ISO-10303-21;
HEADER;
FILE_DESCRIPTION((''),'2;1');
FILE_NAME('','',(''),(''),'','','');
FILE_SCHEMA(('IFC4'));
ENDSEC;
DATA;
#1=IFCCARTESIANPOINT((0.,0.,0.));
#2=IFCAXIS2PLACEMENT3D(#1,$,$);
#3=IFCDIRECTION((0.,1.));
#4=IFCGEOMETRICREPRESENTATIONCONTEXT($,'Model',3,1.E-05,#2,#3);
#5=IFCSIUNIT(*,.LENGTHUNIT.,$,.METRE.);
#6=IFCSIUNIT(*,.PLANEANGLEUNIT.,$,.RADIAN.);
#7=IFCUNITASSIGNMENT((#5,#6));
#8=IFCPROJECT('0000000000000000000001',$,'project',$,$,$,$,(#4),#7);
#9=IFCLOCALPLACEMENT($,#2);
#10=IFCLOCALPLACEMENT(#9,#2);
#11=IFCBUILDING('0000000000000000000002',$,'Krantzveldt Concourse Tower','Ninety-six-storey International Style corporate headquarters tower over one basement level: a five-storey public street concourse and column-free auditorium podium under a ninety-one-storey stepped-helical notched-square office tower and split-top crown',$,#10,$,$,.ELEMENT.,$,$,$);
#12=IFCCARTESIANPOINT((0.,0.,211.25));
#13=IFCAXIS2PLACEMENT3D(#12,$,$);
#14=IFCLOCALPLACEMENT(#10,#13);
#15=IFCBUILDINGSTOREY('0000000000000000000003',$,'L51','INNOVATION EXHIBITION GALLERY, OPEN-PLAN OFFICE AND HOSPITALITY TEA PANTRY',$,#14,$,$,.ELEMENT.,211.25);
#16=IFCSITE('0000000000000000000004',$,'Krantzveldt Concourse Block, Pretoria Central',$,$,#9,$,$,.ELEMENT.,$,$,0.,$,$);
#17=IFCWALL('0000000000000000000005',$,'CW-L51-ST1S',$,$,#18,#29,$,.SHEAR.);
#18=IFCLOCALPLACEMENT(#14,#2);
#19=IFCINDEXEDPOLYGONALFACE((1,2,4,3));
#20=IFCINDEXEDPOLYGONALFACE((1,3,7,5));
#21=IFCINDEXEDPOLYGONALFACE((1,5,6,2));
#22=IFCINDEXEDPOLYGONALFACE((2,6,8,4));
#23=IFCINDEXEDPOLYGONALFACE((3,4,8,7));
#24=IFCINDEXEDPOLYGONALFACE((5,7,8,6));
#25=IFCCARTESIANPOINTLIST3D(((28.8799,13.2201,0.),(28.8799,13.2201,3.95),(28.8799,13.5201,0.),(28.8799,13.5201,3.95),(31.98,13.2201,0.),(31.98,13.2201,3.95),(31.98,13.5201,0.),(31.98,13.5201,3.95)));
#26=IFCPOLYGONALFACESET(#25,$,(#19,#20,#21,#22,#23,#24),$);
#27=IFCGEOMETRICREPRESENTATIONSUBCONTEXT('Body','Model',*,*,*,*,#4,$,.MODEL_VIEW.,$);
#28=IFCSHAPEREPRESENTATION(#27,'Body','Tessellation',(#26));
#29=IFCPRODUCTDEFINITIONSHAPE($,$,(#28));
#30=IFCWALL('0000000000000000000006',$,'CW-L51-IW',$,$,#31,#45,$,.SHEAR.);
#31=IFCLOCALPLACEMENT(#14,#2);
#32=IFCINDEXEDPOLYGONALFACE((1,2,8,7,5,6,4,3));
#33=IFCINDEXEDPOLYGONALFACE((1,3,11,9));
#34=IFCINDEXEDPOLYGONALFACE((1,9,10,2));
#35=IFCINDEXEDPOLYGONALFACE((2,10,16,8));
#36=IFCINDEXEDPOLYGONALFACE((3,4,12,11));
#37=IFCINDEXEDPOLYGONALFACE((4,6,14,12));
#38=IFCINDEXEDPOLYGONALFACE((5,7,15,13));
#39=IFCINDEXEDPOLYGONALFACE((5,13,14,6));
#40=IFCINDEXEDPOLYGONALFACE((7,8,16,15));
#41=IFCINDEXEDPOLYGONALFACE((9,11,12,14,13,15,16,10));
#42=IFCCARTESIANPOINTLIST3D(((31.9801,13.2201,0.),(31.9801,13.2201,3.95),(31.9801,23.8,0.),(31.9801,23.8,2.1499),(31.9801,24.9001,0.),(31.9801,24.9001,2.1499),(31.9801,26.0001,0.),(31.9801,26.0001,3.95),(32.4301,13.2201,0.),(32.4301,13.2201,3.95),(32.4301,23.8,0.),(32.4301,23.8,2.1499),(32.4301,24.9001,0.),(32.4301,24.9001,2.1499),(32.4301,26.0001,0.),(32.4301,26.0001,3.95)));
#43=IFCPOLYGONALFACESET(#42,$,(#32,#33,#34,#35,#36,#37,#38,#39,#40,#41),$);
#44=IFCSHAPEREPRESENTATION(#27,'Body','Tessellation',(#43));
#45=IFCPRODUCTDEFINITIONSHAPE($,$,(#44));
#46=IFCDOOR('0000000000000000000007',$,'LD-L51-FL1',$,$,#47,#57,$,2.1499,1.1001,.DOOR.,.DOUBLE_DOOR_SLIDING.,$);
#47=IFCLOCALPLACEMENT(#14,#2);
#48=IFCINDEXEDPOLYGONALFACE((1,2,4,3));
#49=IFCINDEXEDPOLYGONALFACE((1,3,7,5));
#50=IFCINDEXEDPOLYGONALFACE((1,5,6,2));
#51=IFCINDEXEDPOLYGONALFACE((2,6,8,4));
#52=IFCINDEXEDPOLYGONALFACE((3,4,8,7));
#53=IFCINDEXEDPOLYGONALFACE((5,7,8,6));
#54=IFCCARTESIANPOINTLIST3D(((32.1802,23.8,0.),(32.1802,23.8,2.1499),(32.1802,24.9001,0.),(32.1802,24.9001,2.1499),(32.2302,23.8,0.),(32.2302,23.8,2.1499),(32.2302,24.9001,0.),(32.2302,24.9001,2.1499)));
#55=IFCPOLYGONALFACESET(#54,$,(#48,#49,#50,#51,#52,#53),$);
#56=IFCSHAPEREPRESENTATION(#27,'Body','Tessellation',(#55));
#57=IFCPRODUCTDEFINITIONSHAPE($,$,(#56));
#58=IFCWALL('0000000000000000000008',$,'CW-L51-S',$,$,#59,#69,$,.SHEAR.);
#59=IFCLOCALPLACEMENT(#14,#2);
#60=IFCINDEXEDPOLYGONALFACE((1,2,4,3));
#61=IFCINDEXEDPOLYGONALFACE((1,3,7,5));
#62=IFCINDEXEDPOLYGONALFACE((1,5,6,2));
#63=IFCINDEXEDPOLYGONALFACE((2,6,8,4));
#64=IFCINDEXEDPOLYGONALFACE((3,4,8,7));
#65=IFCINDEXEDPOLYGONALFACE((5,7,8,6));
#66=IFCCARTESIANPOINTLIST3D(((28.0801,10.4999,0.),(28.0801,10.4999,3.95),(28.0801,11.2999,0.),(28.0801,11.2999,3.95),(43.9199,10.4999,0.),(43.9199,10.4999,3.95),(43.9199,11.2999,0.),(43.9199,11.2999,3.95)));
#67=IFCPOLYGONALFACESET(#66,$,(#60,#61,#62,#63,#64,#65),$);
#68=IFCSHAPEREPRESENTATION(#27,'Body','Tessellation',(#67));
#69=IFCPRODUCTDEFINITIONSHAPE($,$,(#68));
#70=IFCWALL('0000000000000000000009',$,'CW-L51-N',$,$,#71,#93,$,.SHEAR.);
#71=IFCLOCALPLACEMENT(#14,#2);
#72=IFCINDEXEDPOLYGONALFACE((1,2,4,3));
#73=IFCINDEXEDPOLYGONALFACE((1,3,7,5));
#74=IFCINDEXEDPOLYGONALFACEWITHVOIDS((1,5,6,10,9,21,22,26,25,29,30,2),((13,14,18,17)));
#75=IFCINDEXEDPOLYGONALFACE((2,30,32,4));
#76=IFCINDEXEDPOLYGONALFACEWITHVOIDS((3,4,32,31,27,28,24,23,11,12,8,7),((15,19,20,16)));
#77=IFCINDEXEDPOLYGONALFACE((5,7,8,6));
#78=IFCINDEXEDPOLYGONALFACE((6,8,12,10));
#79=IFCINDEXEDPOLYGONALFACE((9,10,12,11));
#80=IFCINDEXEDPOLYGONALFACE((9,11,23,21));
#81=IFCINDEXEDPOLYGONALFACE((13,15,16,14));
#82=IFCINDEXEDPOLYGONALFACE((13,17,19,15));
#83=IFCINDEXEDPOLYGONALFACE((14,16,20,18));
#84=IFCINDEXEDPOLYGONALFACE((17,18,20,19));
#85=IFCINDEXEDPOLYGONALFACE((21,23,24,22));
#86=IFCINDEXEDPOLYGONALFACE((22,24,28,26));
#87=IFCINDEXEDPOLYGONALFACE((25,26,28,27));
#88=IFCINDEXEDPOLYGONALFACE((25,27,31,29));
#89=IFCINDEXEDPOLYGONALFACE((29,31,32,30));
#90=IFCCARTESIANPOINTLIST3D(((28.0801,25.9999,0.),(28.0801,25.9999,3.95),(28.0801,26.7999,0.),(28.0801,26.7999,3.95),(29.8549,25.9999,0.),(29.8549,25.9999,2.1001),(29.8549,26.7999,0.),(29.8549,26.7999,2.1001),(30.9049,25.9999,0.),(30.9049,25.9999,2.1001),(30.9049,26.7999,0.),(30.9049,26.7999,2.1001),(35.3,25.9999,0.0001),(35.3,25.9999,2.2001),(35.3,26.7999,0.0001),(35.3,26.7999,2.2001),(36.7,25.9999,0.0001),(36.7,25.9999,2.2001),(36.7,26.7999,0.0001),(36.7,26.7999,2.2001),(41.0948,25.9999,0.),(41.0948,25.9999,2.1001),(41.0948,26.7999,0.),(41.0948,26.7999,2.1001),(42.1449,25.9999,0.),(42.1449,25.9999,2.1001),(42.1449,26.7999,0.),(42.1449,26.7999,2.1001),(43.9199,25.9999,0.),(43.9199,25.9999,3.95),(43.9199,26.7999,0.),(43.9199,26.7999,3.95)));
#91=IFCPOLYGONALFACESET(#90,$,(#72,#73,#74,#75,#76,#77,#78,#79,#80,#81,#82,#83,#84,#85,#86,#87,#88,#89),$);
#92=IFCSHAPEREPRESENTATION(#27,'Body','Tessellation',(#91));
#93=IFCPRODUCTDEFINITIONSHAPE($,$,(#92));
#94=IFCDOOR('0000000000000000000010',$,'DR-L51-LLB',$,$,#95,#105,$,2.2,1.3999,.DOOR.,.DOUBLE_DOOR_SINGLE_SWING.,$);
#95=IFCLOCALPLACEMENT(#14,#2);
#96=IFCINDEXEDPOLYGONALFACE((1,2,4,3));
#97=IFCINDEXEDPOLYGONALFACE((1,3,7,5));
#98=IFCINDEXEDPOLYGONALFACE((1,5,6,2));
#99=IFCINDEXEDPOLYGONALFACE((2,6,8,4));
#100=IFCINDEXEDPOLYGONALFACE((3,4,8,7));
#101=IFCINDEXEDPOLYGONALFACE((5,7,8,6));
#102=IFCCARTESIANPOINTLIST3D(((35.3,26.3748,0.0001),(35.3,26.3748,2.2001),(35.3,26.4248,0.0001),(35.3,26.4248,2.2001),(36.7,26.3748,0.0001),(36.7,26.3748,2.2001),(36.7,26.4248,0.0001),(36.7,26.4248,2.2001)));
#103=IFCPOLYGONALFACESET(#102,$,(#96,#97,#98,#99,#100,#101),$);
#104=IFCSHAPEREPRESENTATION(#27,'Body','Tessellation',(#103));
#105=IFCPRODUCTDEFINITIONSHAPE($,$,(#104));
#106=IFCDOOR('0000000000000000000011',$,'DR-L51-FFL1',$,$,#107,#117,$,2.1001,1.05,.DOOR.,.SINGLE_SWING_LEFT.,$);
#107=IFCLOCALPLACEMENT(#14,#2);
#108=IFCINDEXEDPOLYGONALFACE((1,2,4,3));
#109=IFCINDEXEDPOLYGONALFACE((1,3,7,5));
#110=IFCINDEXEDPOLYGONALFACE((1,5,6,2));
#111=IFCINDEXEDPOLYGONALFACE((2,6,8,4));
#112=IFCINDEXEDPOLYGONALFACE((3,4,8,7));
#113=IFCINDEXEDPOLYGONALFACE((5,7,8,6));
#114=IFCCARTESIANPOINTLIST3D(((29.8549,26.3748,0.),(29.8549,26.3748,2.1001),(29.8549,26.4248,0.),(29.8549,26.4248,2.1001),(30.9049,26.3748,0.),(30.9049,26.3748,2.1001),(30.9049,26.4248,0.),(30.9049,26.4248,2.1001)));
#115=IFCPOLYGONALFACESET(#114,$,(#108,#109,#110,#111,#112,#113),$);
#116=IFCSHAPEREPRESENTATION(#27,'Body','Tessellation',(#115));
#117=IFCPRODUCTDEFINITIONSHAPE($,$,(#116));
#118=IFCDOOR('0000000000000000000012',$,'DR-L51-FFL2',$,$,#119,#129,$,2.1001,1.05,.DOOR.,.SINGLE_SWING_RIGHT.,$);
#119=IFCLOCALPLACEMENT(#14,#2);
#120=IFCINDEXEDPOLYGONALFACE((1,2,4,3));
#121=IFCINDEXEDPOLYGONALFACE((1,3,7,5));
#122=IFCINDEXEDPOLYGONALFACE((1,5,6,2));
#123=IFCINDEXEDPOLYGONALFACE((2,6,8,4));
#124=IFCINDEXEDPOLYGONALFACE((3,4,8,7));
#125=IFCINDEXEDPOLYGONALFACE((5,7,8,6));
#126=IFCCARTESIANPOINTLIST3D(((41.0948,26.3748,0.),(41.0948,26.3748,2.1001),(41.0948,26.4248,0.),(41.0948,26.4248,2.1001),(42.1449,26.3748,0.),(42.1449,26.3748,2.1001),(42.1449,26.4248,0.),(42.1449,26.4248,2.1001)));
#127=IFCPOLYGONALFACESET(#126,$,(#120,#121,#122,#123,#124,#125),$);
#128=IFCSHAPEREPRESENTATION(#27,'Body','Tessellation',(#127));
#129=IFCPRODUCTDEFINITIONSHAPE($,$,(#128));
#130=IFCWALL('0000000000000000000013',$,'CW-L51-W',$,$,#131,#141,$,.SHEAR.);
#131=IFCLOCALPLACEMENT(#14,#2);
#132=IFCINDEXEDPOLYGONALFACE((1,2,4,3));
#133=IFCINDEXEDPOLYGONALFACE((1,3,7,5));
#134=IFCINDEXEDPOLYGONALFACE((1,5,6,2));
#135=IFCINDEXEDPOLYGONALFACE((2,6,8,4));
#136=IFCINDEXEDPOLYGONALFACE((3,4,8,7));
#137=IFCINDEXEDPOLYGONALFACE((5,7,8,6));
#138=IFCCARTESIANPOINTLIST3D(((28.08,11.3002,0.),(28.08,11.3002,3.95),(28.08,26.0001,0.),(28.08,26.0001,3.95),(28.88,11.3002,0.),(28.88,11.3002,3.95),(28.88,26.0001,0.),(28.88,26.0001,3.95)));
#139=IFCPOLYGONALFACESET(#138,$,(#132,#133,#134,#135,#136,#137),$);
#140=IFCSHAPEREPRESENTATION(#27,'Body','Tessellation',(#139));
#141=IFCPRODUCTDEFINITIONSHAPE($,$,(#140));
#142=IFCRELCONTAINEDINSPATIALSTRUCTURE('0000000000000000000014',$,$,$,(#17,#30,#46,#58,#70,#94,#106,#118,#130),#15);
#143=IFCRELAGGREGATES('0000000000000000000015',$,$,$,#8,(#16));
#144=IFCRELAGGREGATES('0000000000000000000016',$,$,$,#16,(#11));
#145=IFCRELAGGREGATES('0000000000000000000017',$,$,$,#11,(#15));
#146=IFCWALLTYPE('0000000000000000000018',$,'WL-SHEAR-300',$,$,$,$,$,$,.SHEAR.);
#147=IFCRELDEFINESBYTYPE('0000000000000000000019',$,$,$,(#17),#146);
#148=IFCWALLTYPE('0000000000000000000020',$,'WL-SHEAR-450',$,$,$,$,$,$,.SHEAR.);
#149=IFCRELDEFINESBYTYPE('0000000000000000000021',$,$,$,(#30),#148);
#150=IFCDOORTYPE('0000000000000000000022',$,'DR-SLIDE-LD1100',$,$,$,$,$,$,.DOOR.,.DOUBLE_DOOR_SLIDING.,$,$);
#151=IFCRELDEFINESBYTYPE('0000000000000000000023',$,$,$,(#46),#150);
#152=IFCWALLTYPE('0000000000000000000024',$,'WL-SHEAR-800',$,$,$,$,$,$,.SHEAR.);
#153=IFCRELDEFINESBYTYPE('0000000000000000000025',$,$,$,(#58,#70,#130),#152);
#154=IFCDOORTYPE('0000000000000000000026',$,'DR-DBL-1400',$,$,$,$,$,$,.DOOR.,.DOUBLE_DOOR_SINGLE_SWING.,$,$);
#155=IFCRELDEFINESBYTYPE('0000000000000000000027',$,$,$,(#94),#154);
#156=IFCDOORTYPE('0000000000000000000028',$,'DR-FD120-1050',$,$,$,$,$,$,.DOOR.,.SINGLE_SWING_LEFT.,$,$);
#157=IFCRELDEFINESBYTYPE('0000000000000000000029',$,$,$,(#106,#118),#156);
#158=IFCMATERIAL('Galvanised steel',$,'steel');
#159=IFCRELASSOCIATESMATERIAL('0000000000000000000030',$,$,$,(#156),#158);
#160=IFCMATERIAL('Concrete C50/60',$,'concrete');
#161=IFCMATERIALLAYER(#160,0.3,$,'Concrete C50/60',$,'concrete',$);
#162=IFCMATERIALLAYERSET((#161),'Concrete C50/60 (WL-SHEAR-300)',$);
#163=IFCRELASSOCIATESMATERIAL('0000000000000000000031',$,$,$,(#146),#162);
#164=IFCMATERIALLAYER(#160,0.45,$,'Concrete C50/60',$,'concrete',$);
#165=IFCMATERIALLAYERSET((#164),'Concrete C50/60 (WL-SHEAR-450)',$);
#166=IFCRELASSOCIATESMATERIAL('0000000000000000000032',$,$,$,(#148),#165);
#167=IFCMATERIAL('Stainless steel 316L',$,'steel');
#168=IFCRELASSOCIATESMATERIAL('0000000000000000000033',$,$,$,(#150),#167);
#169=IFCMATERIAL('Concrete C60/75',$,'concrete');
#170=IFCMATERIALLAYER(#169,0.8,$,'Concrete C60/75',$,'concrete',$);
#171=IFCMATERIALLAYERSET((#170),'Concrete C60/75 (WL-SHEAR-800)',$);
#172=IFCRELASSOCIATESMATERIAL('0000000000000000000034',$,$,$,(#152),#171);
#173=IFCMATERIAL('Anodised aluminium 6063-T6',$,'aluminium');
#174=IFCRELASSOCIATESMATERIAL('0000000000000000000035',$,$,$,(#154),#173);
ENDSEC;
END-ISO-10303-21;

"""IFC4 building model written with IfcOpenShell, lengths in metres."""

from ifc_helpers import new_model, si_unit, direction, frame, frame_2d, origin, place, context, subcontext, project, spatial, rectangle, extrude, material, layer, layer_set, type_object, element, fill, save


model = new_model("IFC4")

# Units and contexts
model_context = context("Model", 3, precision=1e-05, world=origin(), true_north=direction((0.0, 1.0)))
body_context = subcontext(model_context, "Body", "Model", "MODEL_VIEW")
ifc_project = project(units=[si_unit("LENGTHUNIT", "METRE"), si_unit("PLANEANGLEUNIT", "RADIAN")], contexts=[model_context])

# Site, building, storey
site_placement = place(None, origin())
site = spatial("IfcSite", under=ifc_project, at=site_placement, Name="Krantzveldt Concourse Block, Pretoria Central", CompositionType="ELEMENT", RefElevation=0.0)
building_placement = place(site_placement, origin())
building = spatial("IfcBuilding", under=site, at=building_placement, Name="Krantzveldt Concourse Tower", Description="Ninety-six-storey International Style corporate headquarters tower over one basement level: a five-storey public street concourse and column-free auditorium podium under a ninety-one-storey stepped-helical notched-square office tower and split-top crown", CompositionType="ELEMENT")
storey_placement = place(building_placement, frame((0.0, 0.0, 211.25)))
storey = spatial("IfcBuildingStorey", under=building, at=storey_placement, Name="L51", Description="INNOVATION EXHIBITION GALLERY, OPEN-PLAN OFFICE AND HOSPITALITY TEA PANTRY", CompositionType="ELEMENT", Elevation=211.25)

# Shared definitions
ifc_material_1 = material(Name="Concrete C50/60", Category="concrete")

# Shared definitions
ifc_material_2 = material(Name="Anodised aluminium 6063-T6", Category="aluminium")

# Shared definitions
ifc_material_3 = material(Name="Galvanised steel", Category="steel")
door_type_1 = type_object("IfcDoorType", Name="DR-FD120-1050", OperationType="SINGLE_SWING_LEFT", PredefinedType="DOOR", material=ifc_material_3)

# Wall
ifc_layer_1 = layer(ifc_material_1, 0.3, Name="Concrete C50/60", Category="concrete")
ifc_layer_set_1 = layer_set([ifc_layer_1], Name="Concrete C50/60 (WL-SHEAR-300)")
wall_type_1 = type_object("IfcWallType", Name="WL-SHEAR-300", PredefinedType="SHEAR", material=ifc_layer_set_1)
wall_1_placement = place(storey_placement, frame((28.8799, 13.3701, 0.0), z_axis=(0.0, 0.0, 1.0), x_axis=(1.0, 0.0, 0.0)))
element("IfcWall", 1, at=wall_1_placement, inside=storey, type_object=wall_type_1, Name="CW-L51-ST1S", PredefinedType="SHEAR", context=body_context, shape_type="SweptSolid", body=[
    extrude(rectangle(XDim=3.1001, YDim=0.3, at=frame_2d((1.55, 0.0))), origin(), (0.0, 0.0, 1.0), 3.95),
])

# Wall, opening, door
ifc_layer_2 = layer(ifc_material_1, 0.45, Name="Concrete C50/60", Category="concrete")
ifc_layer_set_2 = layer_set([ifc_layer_2], Name="Concrete C50/60 (WL-SHEAR-450)")
wall_type_2 = type_object("IfcWallType", Name="WL-SHEAR-450", PredefinedType="SHEAR", material=ifc_layer_set_2)
wall_2_placement = place(storey_placement, frame((32.2051, 13.22, 0.0), z_axis=(0.0, 0.0, 1.0), x_axis=(0.0, 1.0, 0.0)))
wall_2 = element("IfcWall", 2, at=wall_2_placement, inside=storey, type_object=wall_type_2, Name="CW-L51-IW", PredefinedType="SHEAR", context=body_context, shape_type="SweptSolid", body=[
    extrude(rectangle(XDim=12.78, YDim=0.45, at=frame_2d((6.3901, 0.0))), origin(), (0.0, 0.0, 1.0), 3.95),
])
opening_1_placement = place(wall_2_placement, frame((10.5801, 0.0, 0.0)))
opening_1 = element("IfcOpeningElement", 3, at=opening_1_placement, cuts=wall_2, PredefinedType="OPENING", context=body_context, shape_type="SweptSolid", body=[
    extrude(rectangle(XDim=1.1001, YDim=2.1499, at=frame_2d((0.55, 1.075))), frame((0.0, 0.2349, 0.0), z_axis=(0.0, -1.0, 0.0), x_axis=(1.0, 0.0, 0.0)), (0.0, 0.0, 1.0), 0.47),
])
ifc_material_4 = material(Name="Stainless steel 316L", Category="steel")
door_type_2 = type_object("IfcDoorType", Name="DR-SLIDE-LD1100", OperationType="DOUBLE_DOOR_SLIDING", PredefinedType="DOOR", material=ifc_material_4)
door_1_placement = place(opening_1_placement, origin())
door_1 = element("IfcDoor", 4, at=door_1_placement, inside=storey, type_object=door_type_2, Name="LD-L51-FL1", OperationType="DOUBLE_DOOR_SLIDING", OverallHeight=2.1499, OverallWidth=1.1001, PredefinedType="DOOR", context=body_context, shape_type="SweptSolid", body=[
    extrude(rectangle(XDim=1.1001, YDim=2.1499, at=frame_2d((0.55, 1.075))), frame((0.0, 0.0249, 0.0), z_axis=(0.0, -1.0, 0.0), x_axis=(1.0, 0.0, 0.0)), (0.0, 0.0, 1.0), 0.05),
])
fill(opening_1, door_1)

# Wall
ifc_material_5 = material(Name="Concrete C60/75", Category="concrete")
ifc_layer_3 = layer(ifc_material_5, 0.8, Name="Concrete C60/75", Category="concrete")
ifc_layer_set_3 = layer_set([ifc_layer_3], Name="Concrete C60/75 (WL-SHEAR-800)")
wall_type_3 = type_object("IfcWallType", Name="WL-SHEAR-800", PredefinedType="SHEAR", material=ifc_layer_set_3)
wall_3_placement = place(storey_placement, frame((28.0801, 10.8999, 0.0), z_axis=(0.0, 0.0, 1.0), x_axis=(1.0, 0.0, 0.0)))
element("IfcWall", 5, at=wall_3_placement, inside=storey, type_object=wall_type_3, Name="CW-L51-S", PredefinedType="SHEAR", context=body_context, shape_type="SweptSolid", body=[
    extrude(rectangle(XDim=15.8398, YDim=0.8, at=frame_2d((7.9199, 0.0))), origin(), (0.0, 0.0, 1.0), 3.95),
])

# Wall, openings, doors
wall_4_placement = place(storey_placement, frame((28.0801, 26.3999, 0.0), z_axis=(0.0, 0.0, 1.0), x_axis=(1.0, 0.0, 0.0)))
wall_4 = element("IfcWall", 6, at=wall_4_placement, inside=storey, type_object=wall_type_3, Name="CW-L51-N", PredefinedType="SHEAR", context=body_context, shape_type="SweptSolid", body=[
    extrude(rectangle(XDim=15.8398, YDim=0.8, at=frame_2d((7.9199, 0.0))), origin(), (0.0, 0.0, 1.0), 3.95),
])
opening_2_placement = place(wall_4_placement, frame((7.22, 0.0, 0.0)))
opening_2 = element("IfcOpeningElement", 7, at=opening_2_placement, cuts=wall_4, PredefinedType="OPENING", context=body_context, shape_type="SweptSolid", body=[
    extrude(rectangle(XDim=1.3999, YDim=2.2, at=frame_2d((0.7, 1.1001))), frame((0.0, 0.4102, 0.0), z_axis=(0.0, -1.0, 0.0), x_axis=(1.0, 0.0, 0.0)), (0.0, 0.0, 1.0), 0.8201),
])
opening_3_placement = place(wall_4_placement, frame((1.7749, 0.0, 0.0)))
opening_3 = element("IfcOpeningElement", 8, at=opening_3_placement, cuts=wall_4, PredefinedType="OPENING", context=body_context, shape_type="SweptSolid", body=[
    extrude(rectangle(XDim=1.05, YDim=2.1001, at=frame_2d((0.5249, 1.05))), frame((0.0, 0.4102, 0.0), z_axis=(0.0, -1.0, 0.0), x_axis=(1.0, 0.0, 0.0)), (0.0, 0.0, 1.0), 0.8201),
])
opening_4_placement = place(wall_4_placement, frame((13.0149, 0.0, 0.0)))
opening_4 = element("IfcOpeningElement", 9, at=opening_4_placement, cuts=wall_4, PredefinedType="OPENING", context=body_context, shape_type="SweptSolid", body=[
    extrude(rectangle(XDim=1.05, YDim=2.1001, at=frame_2d((0.5249, 1.05))), frame((0.0, 0.4102, 0.0), z_axis=(0.0, -1.0, 0.0), x_axis=(1.0, 0.0, 0.0)), (0.0, 0.0, 1.0), 0.8201),
])
door_type_3 = type_object("IfcDoorType", Name="DR-DBL-1400", OperationType="DOUBLE_DOOR_SINGLE_SWING", PredefinedType="DOOR", material=ifc_material_2)
door_2_placement = place(opening_2_placement, origin())
door_2 = element("IfcDoor", 10, at=door_2_placement, inside=storey, type_object=door_type_3, Name="DR-L51-LLB", OperationType="DOUBLE_DOOR_SINGLE_SWING", OverallHeight=2.2, OverallWidth=1.3999, PredefinedType="DOOR", context=body_context, shape_type="SweptSolid", body=[
    extrude(rectangle(XDim=1.3999, YDim=2.2, at=frame_2d((0.7, 1.1001))), frame((0.0, 0.0249, 0.0), z_axis=(0.0, -1.0, 0.0), x_axis=(1.0, 0.0, 0.0)), (0.0, 0.0, 1.0), 0.05),
])
fill(opening_2, door_2)
door_3_placement = place(opening_3_placement, origin())
door_3 = element("IfcDoor", 11, at=door_3_placement, inside=storey, type_object=door_type_1, Name="DR-L51-FFL1", OperationType="SINGLE_SWING_LEFT", OverallHeight=2.1001, OverallWidth=1.05, PredefinedType="DOOR", context=body_context, shape_type="SweptSolid", body=[
    extrude(rectangle(XDim=1.05, YDim=2.1001, at=frame_2d((0.5249, 1.05))), frame((0.0, 0.0249, 0.0), z_axis=(0.0, -1.0, 0.0), x_axis=(1.0, 0.0, 0.0)), (0.0, 0.0, 1.0), 0.05),
])
fill(opening_3, door_3)
door_4_placement = place(opening_4_placement, origin())
door_4 = element("IfcDoor", 12, at=door_4_placement, inside=storey, type_object=door_type_1, Name="DR-L51-FFL2", OperationType="SINGLE_SWING_RIGHT", OverallHeight=2.1001, OverallWidth=1.05, PredefinedType="DOOR", context=body_context, shape_type="SweptSolid", body=[
    extrude(rectangle(XDim=1.05, YDim=2.1001, at=frame_2d((0.5249, 1.05))), frame((0.0, 0.0249, 0.0), z_axis=(0.0, -1.0, 0.0), x_axis=(1.0, 0.0, 0.0)), (0.0, 0.0, 1.0), 0.05),
])
fill(opening_4, door_4)

# Wall
wall_5_placement = place(storey_placement, frame((28.48, 11.3, 0.0), z_axis=(0.0, 0.0, 1.0), x_axis=(0.0, 1.0, 0.0)))
element("IfcWall", 13, at=wall_5_placement, inside=storey, type_object=wall_type_3, Name="CW-L51-W", PredefinedType="SHEAR", context=body_context, shape_type="SweptSolid", body=[
    extrude(rectangle(XDim=14.7, YDim=0.8, at=frame_2d((7.3501, 0.0))), origin(), (0.0, 0.0, 1.0), 3.95),
])

save(model, "model.ifc")
